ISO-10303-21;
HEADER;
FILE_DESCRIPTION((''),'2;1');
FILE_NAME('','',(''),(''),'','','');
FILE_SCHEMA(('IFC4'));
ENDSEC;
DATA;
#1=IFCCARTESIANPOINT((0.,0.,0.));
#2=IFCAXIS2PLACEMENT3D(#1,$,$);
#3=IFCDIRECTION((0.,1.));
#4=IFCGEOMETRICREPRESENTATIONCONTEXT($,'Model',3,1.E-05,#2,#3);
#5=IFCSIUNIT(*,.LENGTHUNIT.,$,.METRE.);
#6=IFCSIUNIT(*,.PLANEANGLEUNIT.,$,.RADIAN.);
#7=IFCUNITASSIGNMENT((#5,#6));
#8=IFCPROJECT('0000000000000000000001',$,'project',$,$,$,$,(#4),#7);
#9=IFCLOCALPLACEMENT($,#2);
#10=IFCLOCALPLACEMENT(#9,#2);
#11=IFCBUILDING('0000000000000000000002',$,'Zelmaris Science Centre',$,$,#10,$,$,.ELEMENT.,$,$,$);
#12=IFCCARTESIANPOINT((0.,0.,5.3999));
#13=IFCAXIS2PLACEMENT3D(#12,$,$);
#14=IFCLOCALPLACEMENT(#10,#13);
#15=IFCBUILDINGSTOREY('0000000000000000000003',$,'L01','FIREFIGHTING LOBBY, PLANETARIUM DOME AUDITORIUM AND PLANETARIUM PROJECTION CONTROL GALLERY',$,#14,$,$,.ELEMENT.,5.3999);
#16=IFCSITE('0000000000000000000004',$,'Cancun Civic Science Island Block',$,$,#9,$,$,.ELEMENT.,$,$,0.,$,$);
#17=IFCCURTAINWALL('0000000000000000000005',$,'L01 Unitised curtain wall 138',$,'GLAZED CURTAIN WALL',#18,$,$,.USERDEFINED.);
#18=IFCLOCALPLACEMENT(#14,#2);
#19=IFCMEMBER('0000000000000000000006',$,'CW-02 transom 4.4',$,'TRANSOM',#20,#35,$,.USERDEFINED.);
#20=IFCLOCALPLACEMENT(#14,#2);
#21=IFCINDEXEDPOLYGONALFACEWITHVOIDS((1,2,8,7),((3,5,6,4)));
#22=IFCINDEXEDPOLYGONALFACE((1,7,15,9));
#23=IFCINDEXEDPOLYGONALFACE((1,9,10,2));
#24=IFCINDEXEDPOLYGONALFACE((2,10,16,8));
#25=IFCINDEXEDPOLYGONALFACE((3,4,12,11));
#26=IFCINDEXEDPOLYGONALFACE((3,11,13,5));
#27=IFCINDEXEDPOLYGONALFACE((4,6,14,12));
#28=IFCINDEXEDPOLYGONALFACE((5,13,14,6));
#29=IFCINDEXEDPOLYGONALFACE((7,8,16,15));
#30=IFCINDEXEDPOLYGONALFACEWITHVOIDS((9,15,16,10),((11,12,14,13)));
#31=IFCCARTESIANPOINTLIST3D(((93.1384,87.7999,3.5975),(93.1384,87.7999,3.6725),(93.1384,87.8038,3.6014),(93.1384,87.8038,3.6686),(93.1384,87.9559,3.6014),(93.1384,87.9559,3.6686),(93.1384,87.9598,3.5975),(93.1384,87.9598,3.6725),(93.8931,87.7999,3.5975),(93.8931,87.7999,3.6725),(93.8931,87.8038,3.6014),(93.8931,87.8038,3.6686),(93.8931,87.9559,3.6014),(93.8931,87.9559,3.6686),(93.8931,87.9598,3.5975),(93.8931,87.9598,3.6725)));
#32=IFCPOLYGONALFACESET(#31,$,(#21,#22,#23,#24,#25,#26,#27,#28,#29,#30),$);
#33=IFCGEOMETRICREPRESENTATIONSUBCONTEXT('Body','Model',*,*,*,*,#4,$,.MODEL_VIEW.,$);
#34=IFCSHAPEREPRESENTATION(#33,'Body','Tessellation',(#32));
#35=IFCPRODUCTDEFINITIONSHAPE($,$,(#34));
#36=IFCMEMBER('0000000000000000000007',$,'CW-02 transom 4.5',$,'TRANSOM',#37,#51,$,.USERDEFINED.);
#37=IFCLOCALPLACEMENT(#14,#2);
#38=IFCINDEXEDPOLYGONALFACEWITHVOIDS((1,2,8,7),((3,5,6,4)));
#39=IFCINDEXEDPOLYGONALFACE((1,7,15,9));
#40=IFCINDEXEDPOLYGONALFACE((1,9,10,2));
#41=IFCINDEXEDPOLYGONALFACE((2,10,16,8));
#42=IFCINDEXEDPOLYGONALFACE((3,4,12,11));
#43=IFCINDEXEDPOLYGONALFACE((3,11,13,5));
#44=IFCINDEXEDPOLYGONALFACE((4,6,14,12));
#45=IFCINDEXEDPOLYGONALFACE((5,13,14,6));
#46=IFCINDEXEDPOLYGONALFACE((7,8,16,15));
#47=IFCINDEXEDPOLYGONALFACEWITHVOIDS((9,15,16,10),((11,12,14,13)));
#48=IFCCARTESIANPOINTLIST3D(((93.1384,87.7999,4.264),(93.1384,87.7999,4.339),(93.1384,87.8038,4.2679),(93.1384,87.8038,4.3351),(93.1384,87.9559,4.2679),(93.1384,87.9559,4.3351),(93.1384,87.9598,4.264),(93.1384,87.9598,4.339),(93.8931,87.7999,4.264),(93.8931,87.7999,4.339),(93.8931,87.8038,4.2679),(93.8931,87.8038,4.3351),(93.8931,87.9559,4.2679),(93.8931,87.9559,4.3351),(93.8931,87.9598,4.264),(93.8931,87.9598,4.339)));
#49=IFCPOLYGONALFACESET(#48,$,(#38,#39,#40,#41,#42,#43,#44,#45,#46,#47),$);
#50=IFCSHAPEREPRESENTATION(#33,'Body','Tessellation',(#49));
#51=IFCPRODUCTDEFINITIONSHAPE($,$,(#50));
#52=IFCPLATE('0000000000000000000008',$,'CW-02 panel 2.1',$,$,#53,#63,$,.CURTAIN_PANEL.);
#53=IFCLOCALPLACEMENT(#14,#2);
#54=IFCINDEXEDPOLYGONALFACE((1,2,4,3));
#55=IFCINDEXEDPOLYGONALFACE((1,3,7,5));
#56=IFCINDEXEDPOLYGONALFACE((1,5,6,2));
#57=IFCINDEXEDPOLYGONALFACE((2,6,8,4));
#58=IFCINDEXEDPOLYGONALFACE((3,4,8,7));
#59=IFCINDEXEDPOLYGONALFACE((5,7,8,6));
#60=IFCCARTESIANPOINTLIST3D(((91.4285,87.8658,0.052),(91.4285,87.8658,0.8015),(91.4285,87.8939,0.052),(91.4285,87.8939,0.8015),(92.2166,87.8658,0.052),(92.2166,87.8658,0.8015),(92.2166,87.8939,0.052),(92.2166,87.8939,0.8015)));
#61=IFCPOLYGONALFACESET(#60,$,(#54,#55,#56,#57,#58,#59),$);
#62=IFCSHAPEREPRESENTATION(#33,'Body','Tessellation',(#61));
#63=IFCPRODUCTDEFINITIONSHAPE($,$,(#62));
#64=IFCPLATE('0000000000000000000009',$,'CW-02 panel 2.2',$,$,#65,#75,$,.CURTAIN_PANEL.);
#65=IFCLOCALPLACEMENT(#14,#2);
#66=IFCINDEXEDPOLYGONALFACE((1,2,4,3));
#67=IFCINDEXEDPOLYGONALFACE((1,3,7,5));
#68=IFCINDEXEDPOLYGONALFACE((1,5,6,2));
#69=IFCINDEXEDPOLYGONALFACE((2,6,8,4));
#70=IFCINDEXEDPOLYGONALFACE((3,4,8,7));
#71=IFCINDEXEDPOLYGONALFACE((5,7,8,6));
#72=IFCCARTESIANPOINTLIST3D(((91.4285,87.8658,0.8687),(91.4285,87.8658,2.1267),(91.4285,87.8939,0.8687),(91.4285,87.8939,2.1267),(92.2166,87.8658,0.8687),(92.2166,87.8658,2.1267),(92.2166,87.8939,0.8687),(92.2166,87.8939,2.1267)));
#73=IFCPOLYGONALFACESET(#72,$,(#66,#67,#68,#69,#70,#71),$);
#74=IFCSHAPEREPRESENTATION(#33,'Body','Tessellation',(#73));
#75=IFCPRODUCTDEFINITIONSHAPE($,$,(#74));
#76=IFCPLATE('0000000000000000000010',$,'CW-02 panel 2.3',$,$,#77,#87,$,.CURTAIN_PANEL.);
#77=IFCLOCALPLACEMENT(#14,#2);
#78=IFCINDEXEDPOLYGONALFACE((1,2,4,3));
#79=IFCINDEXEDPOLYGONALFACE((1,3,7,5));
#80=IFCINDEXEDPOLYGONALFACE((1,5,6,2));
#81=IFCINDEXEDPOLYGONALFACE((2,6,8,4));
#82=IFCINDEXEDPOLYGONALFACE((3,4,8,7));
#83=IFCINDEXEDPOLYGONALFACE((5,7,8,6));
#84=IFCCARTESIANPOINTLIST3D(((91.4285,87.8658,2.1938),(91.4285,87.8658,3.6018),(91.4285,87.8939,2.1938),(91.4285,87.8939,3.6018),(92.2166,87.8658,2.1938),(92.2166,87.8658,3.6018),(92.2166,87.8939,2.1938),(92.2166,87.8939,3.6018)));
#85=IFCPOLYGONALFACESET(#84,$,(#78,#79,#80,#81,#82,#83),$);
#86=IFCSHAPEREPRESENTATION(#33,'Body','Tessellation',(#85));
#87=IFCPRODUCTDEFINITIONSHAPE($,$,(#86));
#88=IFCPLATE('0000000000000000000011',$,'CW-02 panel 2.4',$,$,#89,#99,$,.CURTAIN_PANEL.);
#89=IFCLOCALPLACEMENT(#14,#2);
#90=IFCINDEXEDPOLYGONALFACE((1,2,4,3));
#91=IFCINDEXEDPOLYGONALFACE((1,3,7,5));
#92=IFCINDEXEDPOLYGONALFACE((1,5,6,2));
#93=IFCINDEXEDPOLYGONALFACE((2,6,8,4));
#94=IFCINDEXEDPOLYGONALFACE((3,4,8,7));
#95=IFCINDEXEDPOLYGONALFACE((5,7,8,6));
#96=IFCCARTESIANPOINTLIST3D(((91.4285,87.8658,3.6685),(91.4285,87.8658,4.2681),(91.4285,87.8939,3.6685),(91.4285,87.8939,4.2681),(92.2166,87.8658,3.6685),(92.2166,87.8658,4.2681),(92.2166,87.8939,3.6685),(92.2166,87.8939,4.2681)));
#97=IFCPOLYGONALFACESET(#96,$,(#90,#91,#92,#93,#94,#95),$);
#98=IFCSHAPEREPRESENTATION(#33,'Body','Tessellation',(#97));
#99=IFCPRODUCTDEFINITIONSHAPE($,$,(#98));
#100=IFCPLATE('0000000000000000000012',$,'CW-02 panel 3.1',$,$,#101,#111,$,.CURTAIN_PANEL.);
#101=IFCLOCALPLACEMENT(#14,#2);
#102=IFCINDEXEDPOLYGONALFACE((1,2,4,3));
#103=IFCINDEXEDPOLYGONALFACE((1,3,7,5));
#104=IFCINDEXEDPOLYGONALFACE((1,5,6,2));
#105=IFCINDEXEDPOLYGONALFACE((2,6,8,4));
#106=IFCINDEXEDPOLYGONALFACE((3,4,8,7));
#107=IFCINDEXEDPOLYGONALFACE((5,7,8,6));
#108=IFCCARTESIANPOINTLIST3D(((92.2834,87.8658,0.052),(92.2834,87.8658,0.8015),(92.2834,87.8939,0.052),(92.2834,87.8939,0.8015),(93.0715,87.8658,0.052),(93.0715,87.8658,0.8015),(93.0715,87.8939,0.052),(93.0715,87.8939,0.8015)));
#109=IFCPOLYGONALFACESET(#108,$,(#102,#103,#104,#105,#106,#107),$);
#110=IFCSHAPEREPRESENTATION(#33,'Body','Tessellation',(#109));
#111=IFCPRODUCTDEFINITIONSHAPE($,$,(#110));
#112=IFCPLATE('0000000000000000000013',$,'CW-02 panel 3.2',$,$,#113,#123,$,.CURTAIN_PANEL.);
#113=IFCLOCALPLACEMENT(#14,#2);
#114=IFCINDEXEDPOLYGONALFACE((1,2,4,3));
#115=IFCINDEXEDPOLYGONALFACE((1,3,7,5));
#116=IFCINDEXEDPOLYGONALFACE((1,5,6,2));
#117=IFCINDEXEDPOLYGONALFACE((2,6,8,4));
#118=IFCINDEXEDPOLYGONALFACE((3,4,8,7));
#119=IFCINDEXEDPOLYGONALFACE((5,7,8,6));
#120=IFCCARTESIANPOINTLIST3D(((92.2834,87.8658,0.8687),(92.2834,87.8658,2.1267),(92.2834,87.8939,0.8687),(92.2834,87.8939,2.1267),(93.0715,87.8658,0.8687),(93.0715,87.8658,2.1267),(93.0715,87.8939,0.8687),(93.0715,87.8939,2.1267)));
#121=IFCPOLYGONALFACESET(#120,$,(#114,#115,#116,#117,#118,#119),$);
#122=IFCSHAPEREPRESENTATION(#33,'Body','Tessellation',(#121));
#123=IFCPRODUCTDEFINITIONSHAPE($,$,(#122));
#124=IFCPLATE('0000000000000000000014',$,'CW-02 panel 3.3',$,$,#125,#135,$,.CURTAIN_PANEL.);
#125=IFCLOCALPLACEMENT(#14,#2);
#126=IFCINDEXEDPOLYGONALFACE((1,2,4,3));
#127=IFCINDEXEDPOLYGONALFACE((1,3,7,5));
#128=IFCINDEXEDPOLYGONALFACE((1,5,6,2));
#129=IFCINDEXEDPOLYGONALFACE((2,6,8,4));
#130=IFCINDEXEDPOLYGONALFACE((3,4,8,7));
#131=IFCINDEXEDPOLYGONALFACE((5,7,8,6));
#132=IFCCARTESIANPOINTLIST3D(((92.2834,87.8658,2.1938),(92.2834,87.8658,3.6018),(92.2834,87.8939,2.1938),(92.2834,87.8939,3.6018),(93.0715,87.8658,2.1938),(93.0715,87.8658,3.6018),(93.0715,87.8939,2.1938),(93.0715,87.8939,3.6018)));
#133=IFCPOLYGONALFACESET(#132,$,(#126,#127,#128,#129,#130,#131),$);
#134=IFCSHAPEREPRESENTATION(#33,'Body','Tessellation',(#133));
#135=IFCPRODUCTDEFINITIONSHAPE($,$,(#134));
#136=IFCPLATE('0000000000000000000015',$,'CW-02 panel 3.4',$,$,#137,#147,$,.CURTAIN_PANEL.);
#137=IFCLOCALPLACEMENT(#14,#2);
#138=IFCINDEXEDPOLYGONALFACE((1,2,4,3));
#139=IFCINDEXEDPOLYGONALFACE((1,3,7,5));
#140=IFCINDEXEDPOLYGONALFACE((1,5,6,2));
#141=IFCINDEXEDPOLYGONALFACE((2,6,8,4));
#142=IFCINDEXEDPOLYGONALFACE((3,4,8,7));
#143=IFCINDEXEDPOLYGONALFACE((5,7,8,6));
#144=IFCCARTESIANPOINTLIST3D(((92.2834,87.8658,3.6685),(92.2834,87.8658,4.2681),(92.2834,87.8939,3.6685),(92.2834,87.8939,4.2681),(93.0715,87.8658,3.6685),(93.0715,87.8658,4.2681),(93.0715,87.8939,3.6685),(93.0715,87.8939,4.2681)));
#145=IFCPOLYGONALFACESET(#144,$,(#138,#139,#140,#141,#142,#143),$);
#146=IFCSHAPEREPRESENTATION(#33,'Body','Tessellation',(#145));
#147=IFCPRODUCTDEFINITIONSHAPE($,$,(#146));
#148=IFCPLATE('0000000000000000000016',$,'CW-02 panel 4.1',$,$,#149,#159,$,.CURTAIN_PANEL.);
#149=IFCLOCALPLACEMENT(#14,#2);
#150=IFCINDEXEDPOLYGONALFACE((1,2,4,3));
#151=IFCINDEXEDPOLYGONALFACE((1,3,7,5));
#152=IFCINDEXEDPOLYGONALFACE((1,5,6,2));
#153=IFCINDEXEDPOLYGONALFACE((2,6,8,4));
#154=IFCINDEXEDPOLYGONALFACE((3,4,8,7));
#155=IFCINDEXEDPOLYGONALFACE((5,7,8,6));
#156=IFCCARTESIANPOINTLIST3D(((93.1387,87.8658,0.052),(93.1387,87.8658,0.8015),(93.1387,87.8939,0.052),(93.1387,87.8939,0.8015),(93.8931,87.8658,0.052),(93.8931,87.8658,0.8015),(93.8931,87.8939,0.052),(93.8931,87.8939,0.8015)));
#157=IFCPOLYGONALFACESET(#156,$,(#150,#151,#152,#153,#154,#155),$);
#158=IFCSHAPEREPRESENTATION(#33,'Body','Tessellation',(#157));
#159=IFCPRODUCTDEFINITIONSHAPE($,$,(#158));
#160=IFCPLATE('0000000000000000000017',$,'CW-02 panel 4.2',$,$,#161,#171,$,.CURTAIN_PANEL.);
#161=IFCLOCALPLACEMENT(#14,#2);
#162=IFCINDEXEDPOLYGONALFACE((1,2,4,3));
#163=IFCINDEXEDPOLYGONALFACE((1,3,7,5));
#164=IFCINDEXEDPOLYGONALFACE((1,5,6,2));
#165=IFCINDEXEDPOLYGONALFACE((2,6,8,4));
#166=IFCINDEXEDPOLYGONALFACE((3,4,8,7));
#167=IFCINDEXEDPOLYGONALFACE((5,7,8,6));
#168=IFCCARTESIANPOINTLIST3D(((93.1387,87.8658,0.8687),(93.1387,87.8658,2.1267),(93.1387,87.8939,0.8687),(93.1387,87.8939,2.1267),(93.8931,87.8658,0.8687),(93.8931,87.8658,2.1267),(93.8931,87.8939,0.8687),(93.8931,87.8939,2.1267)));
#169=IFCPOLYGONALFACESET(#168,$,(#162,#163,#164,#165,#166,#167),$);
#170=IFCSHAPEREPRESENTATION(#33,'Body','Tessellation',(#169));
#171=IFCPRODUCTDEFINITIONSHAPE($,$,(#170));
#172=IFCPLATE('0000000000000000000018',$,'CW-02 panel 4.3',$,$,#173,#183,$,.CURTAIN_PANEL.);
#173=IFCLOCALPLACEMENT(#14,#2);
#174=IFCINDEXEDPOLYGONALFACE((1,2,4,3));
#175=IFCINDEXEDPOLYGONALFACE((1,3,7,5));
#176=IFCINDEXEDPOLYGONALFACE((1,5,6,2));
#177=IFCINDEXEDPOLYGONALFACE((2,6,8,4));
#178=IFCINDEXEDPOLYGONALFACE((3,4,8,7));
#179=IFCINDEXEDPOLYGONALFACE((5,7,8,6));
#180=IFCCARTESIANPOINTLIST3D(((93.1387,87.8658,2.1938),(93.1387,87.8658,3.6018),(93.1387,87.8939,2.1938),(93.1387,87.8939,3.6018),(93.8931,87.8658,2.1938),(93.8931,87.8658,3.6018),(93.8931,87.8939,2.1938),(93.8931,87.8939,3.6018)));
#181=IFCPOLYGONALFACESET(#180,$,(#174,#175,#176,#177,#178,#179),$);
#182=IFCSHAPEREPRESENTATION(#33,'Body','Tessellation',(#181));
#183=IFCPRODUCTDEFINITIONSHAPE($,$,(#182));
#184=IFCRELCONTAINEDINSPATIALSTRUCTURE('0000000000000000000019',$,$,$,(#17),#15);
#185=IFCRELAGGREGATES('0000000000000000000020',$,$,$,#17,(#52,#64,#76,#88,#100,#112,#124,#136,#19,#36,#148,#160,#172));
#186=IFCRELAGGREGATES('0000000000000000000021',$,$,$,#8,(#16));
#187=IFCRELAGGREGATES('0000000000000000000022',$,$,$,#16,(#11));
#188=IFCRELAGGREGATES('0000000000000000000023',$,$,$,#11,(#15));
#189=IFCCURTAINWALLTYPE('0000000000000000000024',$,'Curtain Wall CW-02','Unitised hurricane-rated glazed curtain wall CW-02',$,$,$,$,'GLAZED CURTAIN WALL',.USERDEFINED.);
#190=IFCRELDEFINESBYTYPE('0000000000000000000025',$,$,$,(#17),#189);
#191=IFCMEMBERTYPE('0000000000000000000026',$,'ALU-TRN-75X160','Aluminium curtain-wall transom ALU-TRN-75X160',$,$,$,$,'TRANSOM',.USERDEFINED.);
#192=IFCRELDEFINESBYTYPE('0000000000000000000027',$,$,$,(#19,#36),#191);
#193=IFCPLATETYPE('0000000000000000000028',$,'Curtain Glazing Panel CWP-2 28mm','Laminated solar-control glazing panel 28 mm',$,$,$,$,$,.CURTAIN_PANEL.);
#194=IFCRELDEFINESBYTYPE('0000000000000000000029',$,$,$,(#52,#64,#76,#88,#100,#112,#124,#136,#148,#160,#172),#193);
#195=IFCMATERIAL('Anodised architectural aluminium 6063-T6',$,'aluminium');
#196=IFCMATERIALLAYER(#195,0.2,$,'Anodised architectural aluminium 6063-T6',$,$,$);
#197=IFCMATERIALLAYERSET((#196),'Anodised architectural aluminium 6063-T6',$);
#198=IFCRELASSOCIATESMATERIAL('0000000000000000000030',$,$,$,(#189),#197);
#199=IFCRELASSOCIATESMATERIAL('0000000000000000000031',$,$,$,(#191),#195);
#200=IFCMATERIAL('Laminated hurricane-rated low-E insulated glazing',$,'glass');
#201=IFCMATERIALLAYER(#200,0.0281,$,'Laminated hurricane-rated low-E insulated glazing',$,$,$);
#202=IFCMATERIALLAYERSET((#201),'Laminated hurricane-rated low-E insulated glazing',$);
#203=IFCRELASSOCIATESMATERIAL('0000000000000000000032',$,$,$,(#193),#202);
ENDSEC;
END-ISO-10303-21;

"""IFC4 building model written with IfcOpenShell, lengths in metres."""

from ifc_helpers import new_model, si_unit, direction, frame, origin, origin_2d, place, context, subcontext, project, spatial, rectangle, hollow_rectangle, extrude, material, layer, layer_set, material_profile, profile_set, type_object, element, aggregate, save


model = new_model("IFC4")

# Units and contexts
model_context = context("Model", 3, precision=1e-05, world=origin(), true_north=direction((0.0, 1.0)))
body_context = subcontext(model_context, "Body", "Model", "MODEL_VIEW")
ifc_project = project(units=[si_unit("LENGTHUNIT", "METRE"), si_unit("PLANEANGLEUNIT", "RADIAN")], contexts=[model_context])

# Site, building, storey
site_placement = place(None, origin())
site = spatial("IfcSite", under=ifc_project, at=site_placement, Name="Cancun Civic Science Island Block", CompositionType="ELEMENT", RefElevation=0.0)
building_placement = place(site_placement, origin())
building = spatial("IfcBuilding", under=site, at=building_placement, Name="Zelmaris Science Centre", CompositionType="ELEMENT")
storey_placement = place(building_placement, frame((0.0, 0.0, 5.3999)))
storey = spatial("IfcBuildingStorey", under=building, at=storey_placement, Name="L01", Description="FIREFIGHTING LOBBY, PLANETARIUM DOME AUDITORIUM AND PLANETARIUM PROJECTION CONTROL GALLERY", CompositionType="ELEMENT", Elevation=5.3999)

# Curtain wall, members, plates
ifc_material_1 = material(Name="Anodised architectural aluminium 6063-T6", Category="aluminium")
ifc_layer_1 = layer(ifc_material_1, 0.2, Name="Anodised architectural aluminium 6063-T6")
ifc_layer_set_1 = layer_set([ifc_layer_1], Name="Anodised architectural aluminium 6063-T6")
curtain_wall_type = type_object("IfcCurtainWallType", Name="Curtain Wall CW-02", Description="Unitised hurricane-rated glazed curtain wall CW-02", ElementType="GLAZED CURTAIN WALL", PredefinedType="USERDEFINED", material=ifc_layer_set_1)
curtain_wall_placement = place(storey_placement, origin())
curtain_wall = element("IfcCurtainWall", 1, at=curtain_wall_placement, inside=storey, type_object=curtain_wall_type, Name="L01 Unitised curtain wall 138", ObjectType="GLAZED CURTAIN WALL", PredefinedType="USERDEFINED")
ifc_material_profile_1 = material_profile(ifc_material_1, hollow_rectangle(XDim=0.075, YDim=0.1599, WallThickness=0.0039, at=origin_2d()), Name="ALU-TRN-75X160")
ifc_profile_set_1 = profile_set([ifc_material_profile_1], Name="Anodised architectural aluminium 6063-T6")
member_type_1 = type_object("IfcMemberType", Name="ALU-TRN-75X160", Description="Aluminium curtain-wall transom ALU-TRN-75X160", ElementType="TRANSOM", PredefinedType="USERDEFINED", material=ifc_profile_set_1)
member_1_placement = place(storey_placement, frame((93.1384, 87.8799, 3.635), z_axis=(1.0, 0.0, 0.0), x_axis=(0.0, 0.0, 1.0)))
member_1 = element("IfcMember", 2, at=member_1_placement, type_object=member_type_1, Name="CW-02 transom 4.4", ObjectType="TRANSOM", PredefinedType="USERDEFINED", context=body_context, shape_type="SweptSolid", body=[
    extrude(hollow_rectangle(XDim=0.075, YDim=0.1599, WallThickness=0.0039, at=origin_2d()), origin(), (0.0, 0.0, 1.0), 0.7546),
])
member_2_placement = place(storey_placement, frame((93.1384, 87.8799, 4.3015), z_axis=(1.0, 0.0, 0.0), x_axis=(0.0, 0.0, 1.0)))
member_2 = element("IfcMember", 3, at=member_2_placement, type_object=member_type_1, Name="CW-02 transom 4.5", ObjectType="TRANSOM", PredefinedType="USERDEFINED", context=body_context, shape_type="SweptSolid", body=[
    extrude(hollow_rectangle(XDim=0.075, YDim=0.1599, WallThickness=0.0039, at=origin_2d()), origin(), (0.0, 0.0, 1.0), 0.7546),
])
ifc_material_2 = material(Name="Laminated hurricane-rated low-E insulated glazing", Category="glass")
ifc_layer_2 = layer(ifc_material_2, 0.0281, Name="Laminated hurricane-rated low-E insulated glazing")
ifc_layer_set_2 = layer_set([ifc_layer_2], Name="Laminated hurricane-rated low-E insulated glazing")
plate_type = type_object("IfcPlateType", Name="Curtain Glazing Panel CWP-2 28mm", Description="Laminated solar-control glazing panel 28 mm", PredefinedType="CURTAIN_PANEL", material=ifc_layer_set_2)
plate_1_placement = place(storey_placement, frame((91.8225, 87.8799, 0.052), z_axis=(0.0, 0.0, 1.0), x_axis=(1.0, 0.0, 0.0)))
plate_1 = element("IfcPlate", 4, at=plate_1_placement, type_object=plate_type, Name="CW-02 panel 2.1", PredefinedType="CURTAIN_PANEL", context=body_context, shape_type="SweptSolid", body=[
    extrude(rectangle(XDim=0.7881, YDim=0.0281, at=origin_2d()), origin(), (0.0, 0.0, 1.0), 0.7495),
])
plate_2_placement = place(storey_placement, frame((91.8225, 87.8799, 0.8687), z_axis=(0.0, 0.0, 1.0), x_axis=(1.0, 0.0, 0.0)))
plate_2 = element("IfcPlate", 5, at=plate_2_placement, type_object=plate_type, Name="CW-02 panel 2.2", PredefinedType="CURTAIN_PANEL", context=body_context, shape_type="SweptSolid", body=[
    extrude(rectangle(XDim=0.7881, YDim=0.0281, at=origin_2d()), origin(), (0.0, 0.0, 1.0), 1.2581),
])
plate_3_placement = place(storey_placement, frame((91.8225, 87.8799, 2.1938), z_axis=(0.0, 0.0, 1.0), x_axis=(1.0, 0.0, 0.0)))
plate_3 = element("IfcPlate", 6, at=plate_3_placement, type_object=plate_type, Name="CW-02 panel 2.3", PredefinedType="CURTAIN_PANEL", context=body_context, shape_type="SweptSolid", body=[
    extrude(rectangle(XDim=0.7881, YDim=0.0281, at=origin_2d()), origin(), (0.0, 0.0, 1.0), 1.408),
])
plate_4_placement = place(storey_placement, frame((91.8225, 87.8799, 3.6685), z_axis=(0.0, 0.0, 1.0), x_axis=(1.0, 0.0, 0.0)))
plate_4 = element("IfcPlate", 7, at=plate_4_placement, type_object=plate_type, Name="CW-02 panel 2.4", PredefinedType="CURTAIN_PANEL", context=body_context, shape_type="SweptSolid", body=[
    extrude(rectangle(XDim=0.7881, YDim=0.0281, at=origin_2d()), origin(), (0.0, 0.0, 1.0), 0.5996),
])
plate_5_placement = place(storey_placement, frame((92.6775, 87.8799, 0.052), z_axis=(0.0, 0.0, 1.0), x_axis=(1.0, 0.0, 0.0)))
plate_5 = element("IfcPlate", 8, at=plate_5_placement, type_object=plate_type, Name="CW-02 panel 3.1", PredefinedType="CURTAIN_PANEL", context=body_context, shape_type="SweptSolid", body=[
    extrude(rectangle(XDim=0.7881, YDim=0.0281, at=origin_2d()), origin(), (0.0, 0.0, 1.0), 0.7495),
])
plate_6_placement = place(storey_placement, frame((92.6775, 87.8799, 0.8687), z_axis=(0.0, 0.0, 1.0), x_axis=(1.0, 0.0, 0.0)))
plate_6 = element("IfcPlate", 9, at=plate_6_placement, type_object=plate_type, Name="CW-02 panel 3.2", PredefinedType="CURTAIN_PANEL", context=body_context, shape_type="SweptSolid", body=[
    extrude(rectangle(XDim=0.7881, YDim=0.0281, at=origin_2d()), origin(), (0.0, 0.0, 1.0), 1.2581),
])
plate_7_placement = place(storey_placement, frame((92.6775, 87.8799, 2.1938), z_axis=(0.0, 0.0, 1.0), x_axis=(1.0, 0.0, 0.0)))
plate_7 = element("IfcPlate", 10, at=plate_7_placement, type_object=plate_type, Name="CW-02 panel 3.3", PredefinedType="CURTAIN_PANEL", context=body_context, shape_type="SweptSolid", body=[
    extrude(rectangle(XDim=0.7881, YDim=0.0281, at=origin_2d()), origin(), (0.0, 0.0, 1.0), 1.408),
])
plate_8_placement = place(storey_placement, frame((92.6775, 87.8799, 3.6685), z_axis=(0.0, 0.0, 1.0), x_axis=(1.0, 0.0, 0.0)))
plate_8 = element("IfcPlate", 11, at=plate_8_placement, type_object=plate_type, Name="CW-02 panel 3.4", PredefinedType="CURTAIN_PANEL", context=body_context, shape_type="SweptSolid", body=[
    extrude(rectangle(XDim=0.7881, YDim=0.0281, at=origin_2d()), origin(), (0.0, 0.0, 1.0), 0.5996),
])
plate_9_placement = place(storey_placement, frame((93.5159, 87.8799, 0.052), z_axis=(0.0, 0.0, 1.0), x_axis=(1.0, 0.0, 0.0)))
plate_9 = element("IfcPlate", 12, at=plate_9_placement, type_object=plate_type, Name="CW-02 panel 4.1", PredefinedType="CURTAIN_PANEL", context=body_context, shape_type="SweptSolid", body=[
    extrude(rectangle(XDim=0.7544, YDim=0.0281, at=origin_2d()), origin(), (0.0, 0.0, 1.0), 0.7495),
])
plate_10_placement = place(storey_placement, frame((93.5159, 87.8799, 0.8687), z_axis=(0.0, 0.0, 1.0), x_axis=(1.0, 0.0, 0.0)))
plate_10 = element("IfcPlate", 13, at=plate_10_placement, type_object=plate_type, Name="CW-02 panel 4.2", PredefinedType="CURTAIN_PANEL", context=body_context, shape_type="SweptSolid", body=[
    extrude(rectangle(XDim=0.7544, YDim=0.0281, at=origin_2d()), origin(), (0.0, 0.0, 1.0), 1.2581),
])
plate_11_placement = place(storey_placement, frame((93.5159, 87.8799, 2.1938), z_axis=(0.0, 0.0, 1.0), x_axis=(1.0, 0.0, 0.0)))
plate_11 = element("IfcPlate", 14, at=plate_11_placement, type_object=plate_type, Name="CW-02 panel 4.3", PredefinedType="CURTAIN_PANEL", context=body_context, shape_type="SweptSolid", body=[
    extrude(rectangle(XDim=0.7544, YDim=0.0281, at=origin_2d()), origin(), (0.0, 0.0, 1.0), 1.408),
])
aggregate(curtain_wall, [plate_1, plate_2, plate_3, plate_4, plate_5, plate_6, plate_7, plate_8, member_1, member_2, plate_9, plate_10, plate_11])

save(model, "model.ifc")
